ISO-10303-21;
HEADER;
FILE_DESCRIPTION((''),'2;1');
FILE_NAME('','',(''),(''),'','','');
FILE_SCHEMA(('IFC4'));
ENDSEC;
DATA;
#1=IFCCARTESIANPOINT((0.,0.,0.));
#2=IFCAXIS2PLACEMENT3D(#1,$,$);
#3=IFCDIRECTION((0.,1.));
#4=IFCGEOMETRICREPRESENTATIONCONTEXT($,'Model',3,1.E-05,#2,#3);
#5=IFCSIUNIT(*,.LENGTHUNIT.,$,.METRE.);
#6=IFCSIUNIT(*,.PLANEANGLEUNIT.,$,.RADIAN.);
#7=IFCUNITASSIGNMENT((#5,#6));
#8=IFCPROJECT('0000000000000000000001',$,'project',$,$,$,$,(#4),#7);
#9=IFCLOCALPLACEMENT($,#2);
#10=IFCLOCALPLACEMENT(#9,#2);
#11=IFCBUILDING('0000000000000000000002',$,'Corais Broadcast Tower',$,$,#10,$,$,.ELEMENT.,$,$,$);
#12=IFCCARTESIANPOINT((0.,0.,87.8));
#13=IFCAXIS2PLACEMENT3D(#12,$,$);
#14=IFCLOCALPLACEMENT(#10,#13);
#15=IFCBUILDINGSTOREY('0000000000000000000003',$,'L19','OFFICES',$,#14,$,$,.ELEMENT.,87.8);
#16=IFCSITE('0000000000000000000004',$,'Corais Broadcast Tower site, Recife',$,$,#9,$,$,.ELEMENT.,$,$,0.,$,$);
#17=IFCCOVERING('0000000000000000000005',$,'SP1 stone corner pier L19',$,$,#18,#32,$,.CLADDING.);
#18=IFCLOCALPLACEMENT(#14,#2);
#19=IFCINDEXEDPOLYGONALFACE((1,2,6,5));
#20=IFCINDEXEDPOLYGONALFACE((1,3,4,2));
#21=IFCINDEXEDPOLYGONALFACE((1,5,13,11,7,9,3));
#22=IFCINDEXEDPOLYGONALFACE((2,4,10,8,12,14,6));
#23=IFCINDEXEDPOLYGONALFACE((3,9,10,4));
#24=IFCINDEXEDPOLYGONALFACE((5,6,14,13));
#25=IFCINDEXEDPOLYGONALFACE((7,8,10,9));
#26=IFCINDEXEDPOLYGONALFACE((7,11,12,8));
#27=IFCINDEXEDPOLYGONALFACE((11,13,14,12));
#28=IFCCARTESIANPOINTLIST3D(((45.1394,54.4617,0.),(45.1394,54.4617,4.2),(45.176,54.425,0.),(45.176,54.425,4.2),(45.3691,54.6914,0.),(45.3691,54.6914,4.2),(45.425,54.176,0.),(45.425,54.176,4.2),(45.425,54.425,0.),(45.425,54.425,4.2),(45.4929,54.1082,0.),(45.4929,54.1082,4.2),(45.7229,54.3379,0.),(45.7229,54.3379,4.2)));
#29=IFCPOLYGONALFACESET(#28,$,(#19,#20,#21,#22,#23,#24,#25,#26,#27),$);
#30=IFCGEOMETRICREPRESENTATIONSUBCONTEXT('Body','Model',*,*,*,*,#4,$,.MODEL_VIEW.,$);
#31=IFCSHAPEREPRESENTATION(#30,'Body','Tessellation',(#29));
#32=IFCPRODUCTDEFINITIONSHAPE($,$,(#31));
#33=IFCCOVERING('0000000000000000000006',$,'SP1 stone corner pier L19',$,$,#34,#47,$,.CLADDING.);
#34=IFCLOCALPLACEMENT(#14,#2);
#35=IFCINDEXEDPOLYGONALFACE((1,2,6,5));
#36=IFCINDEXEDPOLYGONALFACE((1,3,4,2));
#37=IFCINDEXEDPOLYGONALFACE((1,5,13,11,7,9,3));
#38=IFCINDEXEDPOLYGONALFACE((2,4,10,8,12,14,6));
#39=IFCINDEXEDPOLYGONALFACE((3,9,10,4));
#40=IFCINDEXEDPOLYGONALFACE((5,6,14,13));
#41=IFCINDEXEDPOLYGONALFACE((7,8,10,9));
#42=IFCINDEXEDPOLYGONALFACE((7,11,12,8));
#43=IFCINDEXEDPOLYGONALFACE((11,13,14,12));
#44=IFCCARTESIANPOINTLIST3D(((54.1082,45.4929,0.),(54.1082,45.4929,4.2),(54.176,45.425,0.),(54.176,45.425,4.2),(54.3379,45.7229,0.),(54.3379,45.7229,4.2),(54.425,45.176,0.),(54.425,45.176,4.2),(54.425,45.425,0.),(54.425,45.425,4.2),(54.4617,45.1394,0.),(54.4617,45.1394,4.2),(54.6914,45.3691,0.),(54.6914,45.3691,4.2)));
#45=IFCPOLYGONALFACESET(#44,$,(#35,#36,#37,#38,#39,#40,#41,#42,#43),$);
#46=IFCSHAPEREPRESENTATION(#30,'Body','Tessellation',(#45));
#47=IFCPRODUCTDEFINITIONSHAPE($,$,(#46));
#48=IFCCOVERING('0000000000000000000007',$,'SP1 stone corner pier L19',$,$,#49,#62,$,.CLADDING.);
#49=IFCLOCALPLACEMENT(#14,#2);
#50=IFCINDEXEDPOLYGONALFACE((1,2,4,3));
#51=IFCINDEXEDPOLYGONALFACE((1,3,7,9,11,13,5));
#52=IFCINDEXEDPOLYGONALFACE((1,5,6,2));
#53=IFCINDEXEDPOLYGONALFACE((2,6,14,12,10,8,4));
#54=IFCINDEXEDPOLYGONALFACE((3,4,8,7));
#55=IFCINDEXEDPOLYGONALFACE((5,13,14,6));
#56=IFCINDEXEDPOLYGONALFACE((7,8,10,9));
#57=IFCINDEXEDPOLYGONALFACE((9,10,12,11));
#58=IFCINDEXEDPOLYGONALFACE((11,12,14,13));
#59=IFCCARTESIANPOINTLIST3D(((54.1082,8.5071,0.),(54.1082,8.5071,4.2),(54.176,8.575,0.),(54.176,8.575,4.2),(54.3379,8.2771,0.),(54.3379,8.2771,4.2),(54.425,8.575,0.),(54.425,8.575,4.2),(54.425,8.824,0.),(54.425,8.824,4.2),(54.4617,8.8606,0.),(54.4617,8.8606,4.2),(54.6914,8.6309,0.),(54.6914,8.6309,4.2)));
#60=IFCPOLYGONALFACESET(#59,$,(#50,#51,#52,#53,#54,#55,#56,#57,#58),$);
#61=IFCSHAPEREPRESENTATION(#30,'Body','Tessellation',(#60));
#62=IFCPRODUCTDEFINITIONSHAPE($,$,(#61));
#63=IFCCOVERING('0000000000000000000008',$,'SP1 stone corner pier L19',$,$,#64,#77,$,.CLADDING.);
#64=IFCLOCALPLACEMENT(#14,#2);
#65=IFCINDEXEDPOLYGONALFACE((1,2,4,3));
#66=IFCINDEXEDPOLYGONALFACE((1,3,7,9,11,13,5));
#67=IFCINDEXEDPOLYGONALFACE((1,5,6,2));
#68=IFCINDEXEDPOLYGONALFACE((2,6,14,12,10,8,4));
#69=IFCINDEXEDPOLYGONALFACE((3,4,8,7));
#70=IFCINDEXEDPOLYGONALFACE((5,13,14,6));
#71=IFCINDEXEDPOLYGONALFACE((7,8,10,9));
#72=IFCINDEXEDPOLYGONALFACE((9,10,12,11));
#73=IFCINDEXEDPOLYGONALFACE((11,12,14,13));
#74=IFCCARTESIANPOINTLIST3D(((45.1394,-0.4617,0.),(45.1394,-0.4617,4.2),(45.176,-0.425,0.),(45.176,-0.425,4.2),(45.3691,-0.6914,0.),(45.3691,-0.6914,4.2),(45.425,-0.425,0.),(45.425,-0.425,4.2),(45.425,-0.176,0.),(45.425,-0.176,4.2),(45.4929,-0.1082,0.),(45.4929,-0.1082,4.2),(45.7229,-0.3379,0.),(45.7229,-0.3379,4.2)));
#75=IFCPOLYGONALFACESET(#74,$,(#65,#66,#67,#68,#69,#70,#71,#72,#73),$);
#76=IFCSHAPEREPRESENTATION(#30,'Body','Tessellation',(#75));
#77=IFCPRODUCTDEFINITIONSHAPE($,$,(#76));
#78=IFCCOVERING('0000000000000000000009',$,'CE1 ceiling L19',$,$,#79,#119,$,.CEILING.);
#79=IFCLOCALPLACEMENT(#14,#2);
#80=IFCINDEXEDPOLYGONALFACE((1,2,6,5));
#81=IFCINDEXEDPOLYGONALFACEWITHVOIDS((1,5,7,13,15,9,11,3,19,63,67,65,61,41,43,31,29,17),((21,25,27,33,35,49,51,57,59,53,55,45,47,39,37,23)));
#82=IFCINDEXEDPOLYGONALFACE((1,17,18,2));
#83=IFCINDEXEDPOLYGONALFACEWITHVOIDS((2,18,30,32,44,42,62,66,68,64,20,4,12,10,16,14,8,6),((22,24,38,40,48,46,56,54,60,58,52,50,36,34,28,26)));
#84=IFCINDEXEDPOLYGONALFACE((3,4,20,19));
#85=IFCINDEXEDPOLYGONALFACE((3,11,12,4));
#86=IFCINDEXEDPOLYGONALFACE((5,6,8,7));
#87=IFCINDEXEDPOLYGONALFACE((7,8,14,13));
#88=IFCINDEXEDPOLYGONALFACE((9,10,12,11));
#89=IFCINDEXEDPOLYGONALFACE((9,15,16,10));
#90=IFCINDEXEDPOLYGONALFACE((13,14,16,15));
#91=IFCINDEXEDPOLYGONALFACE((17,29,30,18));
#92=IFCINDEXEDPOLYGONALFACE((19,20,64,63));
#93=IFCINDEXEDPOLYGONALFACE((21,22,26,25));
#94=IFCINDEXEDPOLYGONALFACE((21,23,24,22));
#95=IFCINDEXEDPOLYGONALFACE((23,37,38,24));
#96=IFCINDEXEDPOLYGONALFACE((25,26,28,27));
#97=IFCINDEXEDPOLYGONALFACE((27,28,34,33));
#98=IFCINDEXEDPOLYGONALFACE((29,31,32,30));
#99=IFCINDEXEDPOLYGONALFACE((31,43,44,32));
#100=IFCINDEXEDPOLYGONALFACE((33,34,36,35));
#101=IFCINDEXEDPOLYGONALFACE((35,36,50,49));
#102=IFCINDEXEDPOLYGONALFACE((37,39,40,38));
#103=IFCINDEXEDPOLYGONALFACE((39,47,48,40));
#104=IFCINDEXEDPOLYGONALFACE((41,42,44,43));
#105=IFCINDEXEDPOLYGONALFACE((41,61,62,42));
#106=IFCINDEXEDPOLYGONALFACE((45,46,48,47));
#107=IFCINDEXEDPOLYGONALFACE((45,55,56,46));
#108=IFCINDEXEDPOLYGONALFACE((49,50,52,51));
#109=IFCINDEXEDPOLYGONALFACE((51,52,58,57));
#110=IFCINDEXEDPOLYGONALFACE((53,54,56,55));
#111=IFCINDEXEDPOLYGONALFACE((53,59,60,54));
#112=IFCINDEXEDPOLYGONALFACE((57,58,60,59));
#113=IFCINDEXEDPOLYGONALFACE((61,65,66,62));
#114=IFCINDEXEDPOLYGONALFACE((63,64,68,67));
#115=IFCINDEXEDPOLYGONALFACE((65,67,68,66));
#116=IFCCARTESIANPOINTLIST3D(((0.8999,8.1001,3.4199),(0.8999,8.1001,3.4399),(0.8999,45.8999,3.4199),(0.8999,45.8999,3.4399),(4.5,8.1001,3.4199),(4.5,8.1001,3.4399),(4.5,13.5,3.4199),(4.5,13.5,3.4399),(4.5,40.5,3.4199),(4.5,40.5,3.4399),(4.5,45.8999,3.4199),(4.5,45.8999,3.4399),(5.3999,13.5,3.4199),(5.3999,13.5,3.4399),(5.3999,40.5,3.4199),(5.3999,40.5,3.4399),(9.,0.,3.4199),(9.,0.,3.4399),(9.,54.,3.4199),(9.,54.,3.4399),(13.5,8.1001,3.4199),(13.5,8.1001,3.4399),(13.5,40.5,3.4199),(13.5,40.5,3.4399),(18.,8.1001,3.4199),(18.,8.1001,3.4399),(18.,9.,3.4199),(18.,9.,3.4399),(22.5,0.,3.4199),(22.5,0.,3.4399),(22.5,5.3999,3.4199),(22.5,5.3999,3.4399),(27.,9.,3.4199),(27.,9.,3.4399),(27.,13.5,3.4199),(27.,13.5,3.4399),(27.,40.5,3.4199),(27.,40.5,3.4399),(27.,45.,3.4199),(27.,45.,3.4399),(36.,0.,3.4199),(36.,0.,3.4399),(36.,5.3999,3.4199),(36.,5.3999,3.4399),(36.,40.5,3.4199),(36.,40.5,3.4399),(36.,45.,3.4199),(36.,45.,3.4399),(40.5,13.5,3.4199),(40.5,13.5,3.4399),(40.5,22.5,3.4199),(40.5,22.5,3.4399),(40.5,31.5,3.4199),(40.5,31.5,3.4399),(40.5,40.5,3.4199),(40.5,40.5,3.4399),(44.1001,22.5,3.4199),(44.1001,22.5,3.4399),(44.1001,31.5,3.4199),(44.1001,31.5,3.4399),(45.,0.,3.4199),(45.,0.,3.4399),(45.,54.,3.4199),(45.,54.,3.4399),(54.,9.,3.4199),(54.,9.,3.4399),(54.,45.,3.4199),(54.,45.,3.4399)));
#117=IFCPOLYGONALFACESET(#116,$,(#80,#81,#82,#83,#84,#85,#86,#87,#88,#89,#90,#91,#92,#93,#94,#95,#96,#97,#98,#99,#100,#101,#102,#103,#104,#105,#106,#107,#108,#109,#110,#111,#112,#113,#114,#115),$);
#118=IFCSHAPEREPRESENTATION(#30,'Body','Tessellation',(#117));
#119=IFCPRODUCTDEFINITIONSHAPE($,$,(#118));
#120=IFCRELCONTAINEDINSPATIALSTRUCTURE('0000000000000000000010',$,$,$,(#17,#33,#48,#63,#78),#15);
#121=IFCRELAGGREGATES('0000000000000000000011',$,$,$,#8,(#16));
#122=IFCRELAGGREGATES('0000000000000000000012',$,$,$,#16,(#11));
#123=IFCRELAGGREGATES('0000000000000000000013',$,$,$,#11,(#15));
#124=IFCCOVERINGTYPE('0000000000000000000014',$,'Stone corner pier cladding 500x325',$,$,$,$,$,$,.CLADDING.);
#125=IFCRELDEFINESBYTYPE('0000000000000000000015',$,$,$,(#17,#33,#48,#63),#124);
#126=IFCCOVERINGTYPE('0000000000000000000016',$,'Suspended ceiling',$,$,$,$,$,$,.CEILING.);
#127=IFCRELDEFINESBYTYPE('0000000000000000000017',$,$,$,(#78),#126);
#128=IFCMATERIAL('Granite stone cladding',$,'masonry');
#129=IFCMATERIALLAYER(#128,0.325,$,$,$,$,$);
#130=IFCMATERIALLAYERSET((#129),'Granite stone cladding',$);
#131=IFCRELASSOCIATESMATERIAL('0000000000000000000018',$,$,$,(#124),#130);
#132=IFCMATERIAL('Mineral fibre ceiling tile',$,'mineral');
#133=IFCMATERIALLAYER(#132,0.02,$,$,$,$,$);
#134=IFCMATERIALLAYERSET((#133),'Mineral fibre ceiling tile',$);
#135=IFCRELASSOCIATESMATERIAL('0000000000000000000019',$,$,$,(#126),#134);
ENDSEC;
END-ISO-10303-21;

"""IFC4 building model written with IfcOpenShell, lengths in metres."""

from ifc_helpers import new_model, si_unit, direction, frame, origin, place, context, subcontext, project, spatial, polyline, outline, extrude, material, layer, layer_set, type_object, element, save


model = new_model("IFC4")

# Units and contexts
model_context = context("Model", 3, precision=1e-05, world=origin(), true_north=direction((0.0, 1.0)))
body_context = subcontext(model_context, "Body", "Model", "MODEL_VIEW")
ifc_project = project(units=[si_unit("LENGTHUNIT", "METRE"), si_unit("PLANEANGLEUNIT", "RADIAN")], contexts=[model_context])

# Site, building, storey
site_placement = place(None, origin())
site = spatial("IfcSite", under=ifc_project, at=site_placement, Name="Corais Broadcast Tower site, Recife", CompositionType="ELEMENT", RefElevation=0.0)
building_placement = place(site_placement, origin())
building = spatial("IfcBuilding", under=site, at=building_placement, Name="Corais Broadcast Tower", CompositionType="ELEMENT")
storey_placement = place(building_placement, frame((0.0, 0.0, 87.8)))
storey = spatial("IfcBuildingStorey", under=building, at=storey_placement, Name="L19", Description="OFFICES", CompositionType="ELEMENT", Elevation=87.8)

# Coverings
ifc_material_1 = material(Name="Granite stone cladding", Category="masonry")
ifc_layer_1 = layer(ifc_material_1, 0.325)
ifc_layer_set_1 = layer_set([ifc_layer_1], Name="Granite stone cladding")
covering_type_1 = type_object("IfcCoveringType", Name="Stone corner pier cladding 500x325", PredefinedType="CLADDING", material=ifc_layer_set_1)
covering_1_placement = place(storey_placement, origin())
element("IfcCovering", 1, at=covering_1_placement, inside=storey, type_object=covering_type_1, Name="SP1 stone corner pier L19", PredefinedType="CLADDING", context=body_context, shape_type="SweptSolid", body=[
    extrude(outline(polyline([(45.1394, 54.4617), (45.176, 54.425), (45.425, 54.425), (45.425, 54.176), (45.4929, 54.1082), (45.7229, 54.3379), (45.3691, 54.6914), (45.1394, 54.4617)])), origin(), (0.0, 0.0, 1.0), 4.2),
])
covering_2_placement = place(storey_placement, origin())
element("IfcCovering", 2, at=covering_2_placement, inside=storey, type_object=covering_type_1, Name="SP1 stone corner pier L19", PredefinedType="CLADDING", context=body_context, shape_type="SweptSolid", body=[
    extrude(outline(polyline([(54.425, 45.176), (54.4617, 45.1394), (54.6914, 45.3691), (54.3379, 45.7229), (54.1082, 45.4929), (54.176, 45.425), (54.425, 45.425), (54.425, 45.176)])), origin(), (0.0, 0.0, 1.0), 4.2),
])
covering_3_placement = place(storey_placement, origin())
element("IfcCovering", 3, at=covering_3_placement, inside=storey, type_object=covering_type_1, Name="SP1 stone corner pier L19", PredefinedType="CLADDING", context=body_context, shape_type="SweptSolid", body=[
    extrude(outline(polyline([(54.4617, 8.8606), (54.425, 8.824), (54.425, 8.575), (54.176, 8.575), (54.1082, 8.5071), (54.3379, 8.2771), (54.6914, 8.6309), (54.4617, 8.8606)])), origin(), (0.0, 0.0, 1.0), 4.2),
])
covering_4_placement = place(storey_placement, origin())
element("IfcCovering", 4, at=covering_4_placement, inside=storey, type_object=covering_type_1, Name="SP1 stone corner pier L19", PredefinedType="CLADDING", context=body_context, shape_type="SweptSolid", body=[
    extrude(outline(polyline([(45.176, -0.425), (45.1394, -0.4617), (45.3691, -0.6914), (45.7229, -0.3379), (45.4929, -0.1082), (45.425, -0.176), (45.425, -0.425), (45.176, -0.425)])), origin(), (0.0, 0.0, 1.0), 4.2),
])
ifc_material_2 = material(Name="Mineral fibre ceiling tile", Category="mineral")
ifc_layer_2 = layer(ifc_material_2, 0.02)
ifc_layer_set_2 = layer_set([ifc_layer_2], Name="Mineral fibre ceiling tile")
covering_type_2 = type_object("IfcCoveringType", Name="Suspended ceiling", PredefinedType="CEILING", material=ifc_layer_set_2)
covering_5_placement = place(storey_placement, frame((0.0, 0.0, 3.4199)))
element("IfcCovering", 5, at=covering_5_placement, inside=storey, type_object=covering_type_2, Name="CE1 ceiling L19", PredefinedType="CEILING", context=body_context, shape_type="SweptSolid", body=[
    extrude(outline(polyline([(9.0, 0.0), (0.8999, 8.1001), (4.5, 8.1001), (4.5, 13.5), (5.3999, 13.5), (5.3999, 40.5), (4.5, 40.5), (4.5, 45.8999), (0.8999, 45.8999), (9.0, 54.0), (45.0, 54.0), (54.0, 45.0), (54.0, 9.0), (45.0, 0.0), (36.0, 0.0), (36.0, 5.3999), (22.5, 5.3999), (22.5, 0.0), (9.0, 0.0)]), holes=[polyline([(13.5, 8.1001), (18.0, 8.1001), (18.0, 9.0), (27.0, 9.0), (27.0, 13.5), (40.5, 13.5), (40.5, 22.5), (44.1001, 22.5), (44.1001, 31.5), (40.5, 31.5), (40.5, 40.5), (36.0, 40.5), (36.0, 45.0), (27.0, 45.0), (27.0, 40.5), (13.5, 40.5), (13.5, 8.1001)])]), origin(), (0.0, 0.0, 1.0), 0.02),
])

save(model, "model.ifc")
